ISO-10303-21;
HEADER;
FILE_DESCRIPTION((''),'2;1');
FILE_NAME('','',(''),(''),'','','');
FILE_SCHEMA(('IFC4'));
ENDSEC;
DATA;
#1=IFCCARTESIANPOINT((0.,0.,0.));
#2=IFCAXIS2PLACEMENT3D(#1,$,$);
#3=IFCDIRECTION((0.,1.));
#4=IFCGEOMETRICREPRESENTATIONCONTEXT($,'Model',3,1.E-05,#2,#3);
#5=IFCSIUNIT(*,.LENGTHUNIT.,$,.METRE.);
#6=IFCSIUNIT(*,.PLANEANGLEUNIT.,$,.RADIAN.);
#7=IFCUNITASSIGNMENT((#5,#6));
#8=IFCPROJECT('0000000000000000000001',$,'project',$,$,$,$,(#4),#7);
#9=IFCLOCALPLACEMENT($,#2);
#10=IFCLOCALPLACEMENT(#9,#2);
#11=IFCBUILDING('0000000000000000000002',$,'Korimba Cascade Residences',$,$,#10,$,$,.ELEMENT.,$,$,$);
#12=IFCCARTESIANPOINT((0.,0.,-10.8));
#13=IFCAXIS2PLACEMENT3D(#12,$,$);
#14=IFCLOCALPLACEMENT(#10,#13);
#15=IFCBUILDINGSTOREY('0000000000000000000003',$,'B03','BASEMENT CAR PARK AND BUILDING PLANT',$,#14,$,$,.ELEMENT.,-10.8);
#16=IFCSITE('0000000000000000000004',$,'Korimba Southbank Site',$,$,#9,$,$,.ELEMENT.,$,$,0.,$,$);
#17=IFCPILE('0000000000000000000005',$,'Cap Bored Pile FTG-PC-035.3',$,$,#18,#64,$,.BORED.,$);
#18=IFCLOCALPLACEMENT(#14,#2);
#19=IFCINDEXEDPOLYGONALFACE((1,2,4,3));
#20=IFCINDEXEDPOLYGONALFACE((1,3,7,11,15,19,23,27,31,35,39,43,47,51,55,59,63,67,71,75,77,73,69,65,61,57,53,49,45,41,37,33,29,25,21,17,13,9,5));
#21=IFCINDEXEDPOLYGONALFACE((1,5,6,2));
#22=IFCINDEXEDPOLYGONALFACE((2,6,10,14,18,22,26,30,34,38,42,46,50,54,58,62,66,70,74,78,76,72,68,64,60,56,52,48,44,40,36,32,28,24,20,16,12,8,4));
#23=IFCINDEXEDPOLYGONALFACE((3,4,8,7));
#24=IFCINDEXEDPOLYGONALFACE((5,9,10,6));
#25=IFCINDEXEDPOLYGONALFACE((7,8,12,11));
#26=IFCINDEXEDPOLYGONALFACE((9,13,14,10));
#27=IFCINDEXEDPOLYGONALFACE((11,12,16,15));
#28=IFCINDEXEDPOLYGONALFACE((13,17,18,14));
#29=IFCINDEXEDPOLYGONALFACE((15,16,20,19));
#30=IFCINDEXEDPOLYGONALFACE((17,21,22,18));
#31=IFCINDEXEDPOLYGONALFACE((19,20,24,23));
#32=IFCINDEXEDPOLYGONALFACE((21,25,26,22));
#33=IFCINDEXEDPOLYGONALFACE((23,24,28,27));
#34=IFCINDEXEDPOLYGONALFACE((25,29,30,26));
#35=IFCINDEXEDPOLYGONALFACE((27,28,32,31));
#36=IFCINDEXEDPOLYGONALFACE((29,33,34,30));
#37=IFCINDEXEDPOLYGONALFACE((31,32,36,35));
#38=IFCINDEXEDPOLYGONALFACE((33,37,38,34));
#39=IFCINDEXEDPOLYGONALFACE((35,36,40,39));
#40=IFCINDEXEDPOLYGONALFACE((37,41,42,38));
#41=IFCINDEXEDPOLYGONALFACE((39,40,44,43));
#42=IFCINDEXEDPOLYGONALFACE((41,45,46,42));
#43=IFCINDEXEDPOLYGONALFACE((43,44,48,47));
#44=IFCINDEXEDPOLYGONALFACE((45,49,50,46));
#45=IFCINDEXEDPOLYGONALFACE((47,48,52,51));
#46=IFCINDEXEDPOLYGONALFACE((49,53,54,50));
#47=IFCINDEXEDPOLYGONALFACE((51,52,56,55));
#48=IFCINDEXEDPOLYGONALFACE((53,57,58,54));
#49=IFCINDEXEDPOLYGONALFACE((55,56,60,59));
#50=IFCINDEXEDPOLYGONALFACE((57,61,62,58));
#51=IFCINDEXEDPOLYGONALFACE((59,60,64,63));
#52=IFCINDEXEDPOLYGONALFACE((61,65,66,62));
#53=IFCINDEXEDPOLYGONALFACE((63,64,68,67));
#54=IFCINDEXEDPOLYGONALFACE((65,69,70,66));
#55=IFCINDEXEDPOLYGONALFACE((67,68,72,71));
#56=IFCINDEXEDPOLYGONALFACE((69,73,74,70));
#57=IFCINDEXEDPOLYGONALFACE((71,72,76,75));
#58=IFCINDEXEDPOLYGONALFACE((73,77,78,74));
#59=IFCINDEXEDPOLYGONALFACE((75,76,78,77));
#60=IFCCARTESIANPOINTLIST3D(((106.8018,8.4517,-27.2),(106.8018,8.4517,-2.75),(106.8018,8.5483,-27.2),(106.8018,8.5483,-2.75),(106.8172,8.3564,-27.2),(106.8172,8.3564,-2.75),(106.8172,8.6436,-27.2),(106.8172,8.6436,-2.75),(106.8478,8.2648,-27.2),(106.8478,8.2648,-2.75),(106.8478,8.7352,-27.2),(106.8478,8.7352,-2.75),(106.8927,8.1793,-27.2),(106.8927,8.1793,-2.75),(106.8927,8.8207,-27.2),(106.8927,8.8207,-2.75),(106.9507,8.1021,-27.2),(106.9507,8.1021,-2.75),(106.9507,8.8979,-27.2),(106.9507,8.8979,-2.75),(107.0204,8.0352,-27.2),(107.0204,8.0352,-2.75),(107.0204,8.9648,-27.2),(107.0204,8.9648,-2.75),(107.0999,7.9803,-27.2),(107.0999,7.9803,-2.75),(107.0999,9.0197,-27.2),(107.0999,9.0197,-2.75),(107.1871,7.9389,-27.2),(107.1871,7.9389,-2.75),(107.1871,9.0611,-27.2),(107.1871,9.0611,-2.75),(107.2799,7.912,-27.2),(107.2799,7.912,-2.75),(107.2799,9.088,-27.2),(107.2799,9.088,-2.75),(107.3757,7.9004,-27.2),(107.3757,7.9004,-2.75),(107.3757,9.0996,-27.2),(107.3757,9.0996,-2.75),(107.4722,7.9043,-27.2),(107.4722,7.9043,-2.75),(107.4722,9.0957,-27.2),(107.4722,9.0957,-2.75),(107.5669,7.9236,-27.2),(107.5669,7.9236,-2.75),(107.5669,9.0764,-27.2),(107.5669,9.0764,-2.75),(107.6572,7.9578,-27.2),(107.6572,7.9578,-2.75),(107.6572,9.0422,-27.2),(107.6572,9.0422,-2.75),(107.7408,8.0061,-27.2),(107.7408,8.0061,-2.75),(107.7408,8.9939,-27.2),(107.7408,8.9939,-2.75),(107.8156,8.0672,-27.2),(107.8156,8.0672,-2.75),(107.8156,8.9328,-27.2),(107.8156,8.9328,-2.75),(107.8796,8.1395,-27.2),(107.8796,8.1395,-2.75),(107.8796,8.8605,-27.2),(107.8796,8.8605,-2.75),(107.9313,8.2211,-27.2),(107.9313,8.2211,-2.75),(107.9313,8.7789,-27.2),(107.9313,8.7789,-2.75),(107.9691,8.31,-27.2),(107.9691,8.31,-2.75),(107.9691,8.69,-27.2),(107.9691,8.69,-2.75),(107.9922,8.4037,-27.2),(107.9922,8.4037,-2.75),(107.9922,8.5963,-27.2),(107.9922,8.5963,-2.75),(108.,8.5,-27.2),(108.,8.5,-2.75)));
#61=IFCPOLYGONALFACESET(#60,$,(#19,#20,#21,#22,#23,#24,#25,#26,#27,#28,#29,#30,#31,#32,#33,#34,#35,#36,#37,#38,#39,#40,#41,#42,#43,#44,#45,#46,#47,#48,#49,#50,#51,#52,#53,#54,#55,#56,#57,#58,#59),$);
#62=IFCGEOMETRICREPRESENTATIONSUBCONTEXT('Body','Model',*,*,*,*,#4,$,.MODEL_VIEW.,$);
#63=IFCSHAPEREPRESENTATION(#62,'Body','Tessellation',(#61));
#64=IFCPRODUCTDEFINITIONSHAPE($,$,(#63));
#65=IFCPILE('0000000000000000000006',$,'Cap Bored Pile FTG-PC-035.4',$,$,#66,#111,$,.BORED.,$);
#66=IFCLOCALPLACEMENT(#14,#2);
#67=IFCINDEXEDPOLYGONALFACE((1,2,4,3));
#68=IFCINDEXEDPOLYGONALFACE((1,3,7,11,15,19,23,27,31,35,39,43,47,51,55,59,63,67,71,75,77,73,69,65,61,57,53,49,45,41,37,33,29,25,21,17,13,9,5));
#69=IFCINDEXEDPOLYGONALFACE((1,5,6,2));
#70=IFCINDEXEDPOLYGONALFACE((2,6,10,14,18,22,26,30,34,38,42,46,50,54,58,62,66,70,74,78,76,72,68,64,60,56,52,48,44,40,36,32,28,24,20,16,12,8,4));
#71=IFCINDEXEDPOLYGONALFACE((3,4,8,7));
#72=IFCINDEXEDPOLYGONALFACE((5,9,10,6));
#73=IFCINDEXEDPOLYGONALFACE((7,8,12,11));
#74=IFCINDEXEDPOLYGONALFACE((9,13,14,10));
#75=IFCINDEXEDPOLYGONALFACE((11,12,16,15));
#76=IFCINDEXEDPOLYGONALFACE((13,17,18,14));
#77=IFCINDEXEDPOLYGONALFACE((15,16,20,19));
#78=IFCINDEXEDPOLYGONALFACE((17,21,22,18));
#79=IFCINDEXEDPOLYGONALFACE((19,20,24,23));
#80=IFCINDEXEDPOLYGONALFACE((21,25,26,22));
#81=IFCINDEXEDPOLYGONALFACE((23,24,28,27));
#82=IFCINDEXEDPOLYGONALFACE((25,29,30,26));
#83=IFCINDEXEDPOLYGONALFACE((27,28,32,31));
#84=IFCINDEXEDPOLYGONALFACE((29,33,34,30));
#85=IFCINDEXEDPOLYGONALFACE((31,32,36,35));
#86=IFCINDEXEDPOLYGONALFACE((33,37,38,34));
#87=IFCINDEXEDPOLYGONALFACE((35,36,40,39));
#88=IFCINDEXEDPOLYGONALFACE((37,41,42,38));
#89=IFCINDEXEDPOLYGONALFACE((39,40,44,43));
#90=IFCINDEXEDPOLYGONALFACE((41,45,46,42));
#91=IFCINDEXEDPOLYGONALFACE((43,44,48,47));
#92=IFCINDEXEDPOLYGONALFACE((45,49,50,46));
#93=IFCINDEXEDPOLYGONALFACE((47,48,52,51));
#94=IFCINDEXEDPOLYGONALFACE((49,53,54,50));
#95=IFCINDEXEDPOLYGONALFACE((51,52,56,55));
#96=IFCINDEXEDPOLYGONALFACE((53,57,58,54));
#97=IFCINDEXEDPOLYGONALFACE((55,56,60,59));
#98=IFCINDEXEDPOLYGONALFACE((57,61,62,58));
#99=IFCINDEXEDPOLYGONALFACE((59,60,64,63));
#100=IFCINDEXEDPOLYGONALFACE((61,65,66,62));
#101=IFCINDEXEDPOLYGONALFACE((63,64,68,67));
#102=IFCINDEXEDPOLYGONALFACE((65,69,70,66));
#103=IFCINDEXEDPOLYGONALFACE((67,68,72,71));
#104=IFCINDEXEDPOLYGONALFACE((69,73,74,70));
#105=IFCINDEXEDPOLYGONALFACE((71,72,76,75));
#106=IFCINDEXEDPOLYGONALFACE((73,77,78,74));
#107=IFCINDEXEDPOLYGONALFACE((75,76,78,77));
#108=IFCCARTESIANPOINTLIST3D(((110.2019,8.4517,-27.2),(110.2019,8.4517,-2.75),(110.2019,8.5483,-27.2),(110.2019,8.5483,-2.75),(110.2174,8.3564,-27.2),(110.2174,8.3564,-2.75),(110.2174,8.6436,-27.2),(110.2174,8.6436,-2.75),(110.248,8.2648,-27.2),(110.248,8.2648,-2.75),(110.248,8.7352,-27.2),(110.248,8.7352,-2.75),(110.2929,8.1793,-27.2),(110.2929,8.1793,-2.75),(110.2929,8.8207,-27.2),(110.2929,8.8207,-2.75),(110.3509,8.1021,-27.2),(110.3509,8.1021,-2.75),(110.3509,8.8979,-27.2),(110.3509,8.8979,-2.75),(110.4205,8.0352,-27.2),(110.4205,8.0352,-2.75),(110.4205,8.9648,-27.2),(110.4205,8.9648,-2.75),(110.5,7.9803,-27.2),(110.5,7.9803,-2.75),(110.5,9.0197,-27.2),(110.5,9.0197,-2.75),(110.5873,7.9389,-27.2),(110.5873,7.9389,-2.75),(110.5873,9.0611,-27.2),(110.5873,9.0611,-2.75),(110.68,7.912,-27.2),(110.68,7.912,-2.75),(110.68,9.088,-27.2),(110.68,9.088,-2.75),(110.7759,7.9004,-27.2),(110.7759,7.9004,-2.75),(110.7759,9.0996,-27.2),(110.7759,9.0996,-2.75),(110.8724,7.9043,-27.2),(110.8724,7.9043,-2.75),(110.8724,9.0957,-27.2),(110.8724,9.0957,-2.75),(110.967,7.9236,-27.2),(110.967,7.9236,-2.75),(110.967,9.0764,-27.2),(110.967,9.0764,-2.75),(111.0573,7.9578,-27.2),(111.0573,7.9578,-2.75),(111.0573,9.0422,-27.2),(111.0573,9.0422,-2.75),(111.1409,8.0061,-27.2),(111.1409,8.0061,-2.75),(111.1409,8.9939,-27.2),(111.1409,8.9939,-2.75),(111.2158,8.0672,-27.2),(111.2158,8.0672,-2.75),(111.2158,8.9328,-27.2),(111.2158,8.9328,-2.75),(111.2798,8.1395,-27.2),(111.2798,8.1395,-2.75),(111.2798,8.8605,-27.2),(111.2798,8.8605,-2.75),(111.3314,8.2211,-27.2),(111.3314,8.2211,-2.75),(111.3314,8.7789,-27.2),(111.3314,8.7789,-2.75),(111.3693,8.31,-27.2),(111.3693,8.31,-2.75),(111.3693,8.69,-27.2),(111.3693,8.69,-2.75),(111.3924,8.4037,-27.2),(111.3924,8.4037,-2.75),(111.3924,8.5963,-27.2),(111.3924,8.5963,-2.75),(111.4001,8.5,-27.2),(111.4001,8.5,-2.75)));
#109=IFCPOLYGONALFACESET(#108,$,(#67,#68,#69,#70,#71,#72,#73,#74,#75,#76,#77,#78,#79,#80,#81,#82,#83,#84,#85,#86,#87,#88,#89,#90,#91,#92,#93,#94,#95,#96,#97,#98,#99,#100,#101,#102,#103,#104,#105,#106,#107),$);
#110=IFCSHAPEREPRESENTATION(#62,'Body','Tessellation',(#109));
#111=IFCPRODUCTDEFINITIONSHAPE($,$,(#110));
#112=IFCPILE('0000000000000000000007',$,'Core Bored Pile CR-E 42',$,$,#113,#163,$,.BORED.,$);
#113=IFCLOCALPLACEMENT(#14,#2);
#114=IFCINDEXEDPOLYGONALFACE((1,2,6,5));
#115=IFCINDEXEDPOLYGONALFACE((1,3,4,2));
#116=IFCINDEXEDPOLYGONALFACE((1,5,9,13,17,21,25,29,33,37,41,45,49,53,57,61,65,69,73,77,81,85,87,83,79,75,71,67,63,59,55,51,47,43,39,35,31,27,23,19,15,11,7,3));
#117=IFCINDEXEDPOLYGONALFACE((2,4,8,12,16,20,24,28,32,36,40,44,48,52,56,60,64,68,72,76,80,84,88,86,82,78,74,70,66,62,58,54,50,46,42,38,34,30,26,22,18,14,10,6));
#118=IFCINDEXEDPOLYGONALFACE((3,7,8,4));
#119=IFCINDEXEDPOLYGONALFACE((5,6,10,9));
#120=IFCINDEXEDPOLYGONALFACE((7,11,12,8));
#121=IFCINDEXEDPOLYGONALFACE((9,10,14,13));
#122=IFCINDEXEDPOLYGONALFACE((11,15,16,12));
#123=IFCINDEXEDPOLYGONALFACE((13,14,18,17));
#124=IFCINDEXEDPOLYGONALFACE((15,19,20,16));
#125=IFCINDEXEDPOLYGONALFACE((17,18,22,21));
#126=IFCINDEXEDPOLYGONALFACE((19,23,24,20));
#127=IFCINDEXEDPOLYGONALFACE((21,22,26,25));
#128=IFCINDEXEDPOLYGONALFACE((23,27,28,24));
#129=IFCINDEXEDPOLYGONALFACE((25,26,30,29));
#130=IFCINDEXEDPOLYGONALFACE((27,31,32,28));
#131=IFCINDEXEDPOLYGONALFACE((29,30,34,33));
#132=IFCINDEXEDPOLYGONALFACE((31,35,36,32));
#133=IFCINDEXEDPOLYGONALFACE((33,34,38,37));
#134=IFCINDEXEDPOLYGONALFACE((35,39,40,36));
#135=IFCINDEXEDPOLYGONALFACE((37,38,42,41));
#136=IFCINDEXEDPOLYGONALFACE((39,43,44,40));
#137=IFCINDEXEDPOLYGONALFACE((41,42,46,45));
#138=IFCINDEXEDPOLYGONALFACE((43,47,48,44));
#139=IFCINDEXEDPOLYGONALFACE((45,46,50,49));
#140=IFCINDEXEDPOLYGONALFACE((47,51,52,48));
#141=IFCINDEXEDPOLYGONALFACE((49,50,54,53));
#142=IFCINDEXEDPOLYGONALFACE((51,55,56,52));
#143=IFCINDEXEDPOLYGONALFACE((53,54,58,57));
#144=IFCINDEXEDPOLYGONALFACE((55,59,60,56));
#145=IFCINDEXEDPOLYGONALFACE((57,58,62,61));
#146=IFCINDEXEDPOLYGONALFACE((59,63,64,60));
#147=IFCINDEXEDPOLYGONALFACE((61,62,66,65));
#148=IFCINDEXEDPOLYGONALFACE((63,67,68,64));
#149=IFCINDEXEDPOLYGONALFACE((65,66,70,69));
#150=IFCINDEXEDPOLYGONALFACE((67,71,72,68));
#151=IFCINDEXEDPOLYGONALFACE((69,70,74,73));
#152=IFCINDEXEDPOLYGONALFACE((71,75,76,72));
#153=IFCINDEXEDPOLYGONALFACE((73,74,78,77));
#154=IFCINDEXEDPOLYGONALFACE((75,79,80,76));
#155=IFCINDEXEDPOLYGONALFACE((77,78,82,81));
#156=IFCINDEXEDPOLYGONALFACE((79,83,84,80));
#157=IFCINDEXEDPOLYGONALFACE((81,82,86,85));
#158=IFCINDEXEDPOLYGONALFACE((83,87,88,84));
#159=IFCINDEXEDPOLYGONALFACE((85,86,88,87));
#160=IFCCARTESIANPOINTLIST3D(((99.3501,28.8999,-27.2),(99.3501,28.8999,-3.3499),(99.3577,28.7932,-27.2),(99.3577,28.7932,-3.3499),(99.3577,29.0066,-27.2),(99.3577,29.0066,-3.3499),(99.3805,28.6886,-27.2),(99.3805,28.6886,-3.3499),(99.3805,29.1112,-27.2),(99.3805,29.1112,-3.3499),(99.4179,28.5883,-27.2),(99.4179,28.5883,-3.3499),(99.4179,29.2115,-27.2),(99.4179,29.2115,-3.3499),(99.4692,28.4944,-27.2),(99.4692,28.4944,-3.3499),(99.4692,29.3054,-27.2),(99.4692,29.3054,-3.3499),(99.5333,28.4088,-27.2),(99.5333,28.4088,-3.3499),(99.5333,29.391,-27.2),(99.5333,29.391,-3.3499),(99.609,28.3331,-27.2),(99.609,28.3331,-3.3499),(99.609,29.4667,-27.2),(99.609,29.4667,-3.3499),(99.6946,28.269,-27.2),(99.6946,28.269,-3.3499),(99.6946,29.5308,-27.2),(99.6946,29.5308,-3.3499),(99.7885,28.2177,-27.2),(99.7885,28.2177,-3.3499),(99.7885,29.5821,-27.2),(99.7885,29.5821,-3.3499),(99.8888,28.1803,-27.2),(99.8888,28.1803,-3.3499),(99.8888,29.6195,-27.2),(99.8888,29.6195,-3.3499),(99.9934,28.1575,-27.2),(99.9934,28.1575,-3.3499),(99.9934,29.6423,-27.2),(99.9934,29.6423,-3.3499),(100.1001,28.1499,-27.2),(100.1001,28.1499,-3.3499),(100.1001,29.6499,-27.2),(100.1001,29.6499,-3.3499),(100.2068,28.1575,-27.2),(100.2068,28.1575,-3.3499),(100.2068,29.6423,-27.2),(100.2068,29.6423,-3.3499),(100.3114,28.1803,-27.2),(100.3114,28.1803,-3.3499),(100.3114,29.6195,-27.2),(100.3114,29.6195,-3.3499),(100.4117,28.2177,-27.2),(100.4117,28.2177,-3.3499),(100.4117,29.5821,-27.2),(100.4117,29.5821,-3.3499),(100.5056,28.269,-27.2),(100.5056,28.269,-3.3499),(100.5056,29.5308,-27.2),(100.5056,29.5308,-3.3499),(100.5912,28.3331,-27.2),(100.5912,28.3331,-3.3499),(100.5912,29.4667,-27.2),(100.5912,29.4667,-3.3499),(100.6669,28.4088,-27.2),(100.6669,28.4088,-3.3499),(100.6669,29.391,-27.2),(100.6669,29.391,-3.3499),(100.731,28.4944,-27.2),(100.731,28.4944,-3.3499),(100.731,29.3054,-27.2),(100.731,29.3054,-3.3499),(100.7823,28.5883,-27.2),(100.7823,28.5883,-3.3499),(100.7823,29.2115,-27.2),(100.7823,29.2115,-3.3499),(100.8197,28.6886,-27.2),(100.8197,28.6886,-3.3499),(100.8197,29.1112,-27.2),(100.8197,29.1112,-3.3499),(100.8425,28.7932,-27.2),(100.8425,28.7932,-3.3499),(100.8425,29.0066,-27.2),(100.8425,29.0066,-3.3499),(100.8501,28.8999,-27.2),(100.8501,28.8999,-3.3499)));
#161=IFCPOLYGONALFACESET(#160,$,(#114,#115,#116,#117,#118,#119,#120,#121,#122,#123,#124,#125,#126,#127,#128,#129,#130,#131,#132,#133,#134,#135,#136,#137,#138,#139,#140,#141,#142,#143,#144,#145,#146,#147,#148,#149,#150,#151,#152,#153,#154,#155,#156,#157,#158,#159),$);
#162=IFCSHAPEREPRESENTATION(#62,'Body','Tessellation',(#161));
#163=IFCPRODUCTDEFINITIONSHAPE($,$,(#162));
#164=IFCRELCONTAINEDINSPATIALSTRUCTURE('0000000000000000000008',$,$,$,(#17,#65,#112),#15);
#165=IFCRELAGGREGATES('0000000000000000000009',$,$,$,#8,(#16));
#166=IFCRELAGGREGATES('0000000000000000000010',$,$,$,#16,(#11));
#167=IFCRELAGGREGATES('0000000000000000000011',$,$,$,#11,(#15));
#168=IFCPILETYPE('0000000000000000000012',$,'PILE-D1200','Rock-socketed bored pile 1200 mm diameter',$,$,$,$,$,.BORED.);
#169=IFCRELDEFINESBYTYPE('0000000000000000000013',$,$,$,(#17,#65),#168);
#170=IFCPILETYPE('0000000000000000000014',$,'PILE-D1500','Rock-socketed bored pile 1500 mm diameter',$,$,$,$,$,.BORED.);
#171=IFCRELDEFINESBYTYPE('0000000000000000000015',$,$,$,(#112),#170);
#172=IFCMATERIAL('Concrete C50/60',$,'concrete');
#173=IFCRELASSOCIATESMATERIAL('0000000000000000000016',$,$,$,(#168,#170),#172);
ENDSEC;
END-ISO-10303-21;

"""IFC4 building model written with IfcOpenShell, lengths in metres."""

from ifc_helpers import new_model, si_unit, direction, frame, origin, origin_2d, place, context, subcontext, project, spatial, circle, extrude, material, material_profile, profile_set, type_object, element, save


model = new_model("IFC4")

# Units and contexts
model_context = context("Model", 3, precision=1e-05, world=origin(), true_north=direction((0.0, 1.0)))
body_context = subcontext(model_context, "Body", "Model", "MODEL_VIEW")
ifc_project = project(units=[si_unit("LENGTHUNIT", "METRE"), si_unit("PLANEANGLEUNIT", "RADIAN")], contexts=[model_context])

# Site, building, storey
site_placement = place(None, origin())
site = spatial("IfcSite", under=ifc_project, at=site_placement, Name="Korimba Southbank Site", CompositionType="ELEMENT", RefElevation=0.0)
building_placement = place(site_placement, origin())
building = spatial("IfcBuilding", under=site, at=building_placement, Name="Korimba Cascade Residences", CompositionType="ELEMENT")
storey_placement = place(building_placement, frame((0.0, 0.0, -10.8)))
storey = spatial("IfcBuildingStorey", under=building, at=storey_placement, Name="B03", Description="BASEMENT CAR PARK AND BUILDING PLANT", CompositionType="ELEMENT", Elevation=-10.8)

# Piles
ifc_material_1 = material(Name="Concrete C50/60", Category="concrete")
ifc_material_profile_1 = material_profile(ifc_material_1, circle(Radius=0.6001, at=origin_2d()), Name="Concrete C50/60")
ifc_profile_set_1 = profile_set([ifc_material_profile_1], Name="Concrete C50/60")
pile_type_1 = type_object("IfcPileType", Name="PILE-D1200", Description="Rock-socketed bored pile 1200 mm diameter", PredefinedType="BORED", material=ifc_profile_set_1)
for number, where, z_axis, x_axis, name in (
    (1, (107.3999, 8.5, -2.75), (0.0, 0.0, -1.0), (1.0, 0.0, 0.0), "Cap Bored Pile FTG-PC-035.3"),
    (2, (110.8, 8.5, -2.75), (0.0, 0.0, -1.0), (1.0, 0.0, 0.0), "Cap Bored Pile FTG-PC-035.4"),
):
    element("IfcPile", number, at=place(storey_placement, frame(where, z_axis=z_axis, x_axis=x_axis)), inside=storey, type_object=pile_type_1, Name=name, PredefinedType="BORED", context=body_context, shape_type="SweptSolid", body=[
        extrude(circle(Radius=0.6001, at=origin_2d()), origin(), (0.0, 0.0, 1.0), 24.45),
    ])
ifc_material_profile_2 = material_profile(ifc_material_1, circle(Radius=0.75, at=origin_2d()), Name="Concrete C50/60")
ifc_profile_set_2 = profile_set([ifc_material_profile_2], Name="Concrete C50/60")
pile_type_2 = type_object("IfcPileType", Name="PILE-D1500", Description="Rock-socketed bored pile 1500 mm diameter", PredefinedType="BORED", material=ifc_profile_set_2)
for number, where, z_axis, x_axis, name in (
    (3, (100.1001, 28.8999, -3.3499), (0.0, 0.0, -1.0), (1.0, 0.0, 0.0), "Core Bored Pile CR-E 42"),
):
    element("IfcPile", number, at=place(storey_placement, frame(where, z_axis=z_axis, x_axis=x_axis)), inside=storey, type_object=pile_type_2, Name=name, PredefinedType="BORED", context=body_context, shape_type="SweptSolid", body=[
        extrude(circle(Radius=0.75, at=origin_2d()), origin(), (0.0, 0.0, 1.0), 23.8501),
    ])

save(model, "model.ifc")
